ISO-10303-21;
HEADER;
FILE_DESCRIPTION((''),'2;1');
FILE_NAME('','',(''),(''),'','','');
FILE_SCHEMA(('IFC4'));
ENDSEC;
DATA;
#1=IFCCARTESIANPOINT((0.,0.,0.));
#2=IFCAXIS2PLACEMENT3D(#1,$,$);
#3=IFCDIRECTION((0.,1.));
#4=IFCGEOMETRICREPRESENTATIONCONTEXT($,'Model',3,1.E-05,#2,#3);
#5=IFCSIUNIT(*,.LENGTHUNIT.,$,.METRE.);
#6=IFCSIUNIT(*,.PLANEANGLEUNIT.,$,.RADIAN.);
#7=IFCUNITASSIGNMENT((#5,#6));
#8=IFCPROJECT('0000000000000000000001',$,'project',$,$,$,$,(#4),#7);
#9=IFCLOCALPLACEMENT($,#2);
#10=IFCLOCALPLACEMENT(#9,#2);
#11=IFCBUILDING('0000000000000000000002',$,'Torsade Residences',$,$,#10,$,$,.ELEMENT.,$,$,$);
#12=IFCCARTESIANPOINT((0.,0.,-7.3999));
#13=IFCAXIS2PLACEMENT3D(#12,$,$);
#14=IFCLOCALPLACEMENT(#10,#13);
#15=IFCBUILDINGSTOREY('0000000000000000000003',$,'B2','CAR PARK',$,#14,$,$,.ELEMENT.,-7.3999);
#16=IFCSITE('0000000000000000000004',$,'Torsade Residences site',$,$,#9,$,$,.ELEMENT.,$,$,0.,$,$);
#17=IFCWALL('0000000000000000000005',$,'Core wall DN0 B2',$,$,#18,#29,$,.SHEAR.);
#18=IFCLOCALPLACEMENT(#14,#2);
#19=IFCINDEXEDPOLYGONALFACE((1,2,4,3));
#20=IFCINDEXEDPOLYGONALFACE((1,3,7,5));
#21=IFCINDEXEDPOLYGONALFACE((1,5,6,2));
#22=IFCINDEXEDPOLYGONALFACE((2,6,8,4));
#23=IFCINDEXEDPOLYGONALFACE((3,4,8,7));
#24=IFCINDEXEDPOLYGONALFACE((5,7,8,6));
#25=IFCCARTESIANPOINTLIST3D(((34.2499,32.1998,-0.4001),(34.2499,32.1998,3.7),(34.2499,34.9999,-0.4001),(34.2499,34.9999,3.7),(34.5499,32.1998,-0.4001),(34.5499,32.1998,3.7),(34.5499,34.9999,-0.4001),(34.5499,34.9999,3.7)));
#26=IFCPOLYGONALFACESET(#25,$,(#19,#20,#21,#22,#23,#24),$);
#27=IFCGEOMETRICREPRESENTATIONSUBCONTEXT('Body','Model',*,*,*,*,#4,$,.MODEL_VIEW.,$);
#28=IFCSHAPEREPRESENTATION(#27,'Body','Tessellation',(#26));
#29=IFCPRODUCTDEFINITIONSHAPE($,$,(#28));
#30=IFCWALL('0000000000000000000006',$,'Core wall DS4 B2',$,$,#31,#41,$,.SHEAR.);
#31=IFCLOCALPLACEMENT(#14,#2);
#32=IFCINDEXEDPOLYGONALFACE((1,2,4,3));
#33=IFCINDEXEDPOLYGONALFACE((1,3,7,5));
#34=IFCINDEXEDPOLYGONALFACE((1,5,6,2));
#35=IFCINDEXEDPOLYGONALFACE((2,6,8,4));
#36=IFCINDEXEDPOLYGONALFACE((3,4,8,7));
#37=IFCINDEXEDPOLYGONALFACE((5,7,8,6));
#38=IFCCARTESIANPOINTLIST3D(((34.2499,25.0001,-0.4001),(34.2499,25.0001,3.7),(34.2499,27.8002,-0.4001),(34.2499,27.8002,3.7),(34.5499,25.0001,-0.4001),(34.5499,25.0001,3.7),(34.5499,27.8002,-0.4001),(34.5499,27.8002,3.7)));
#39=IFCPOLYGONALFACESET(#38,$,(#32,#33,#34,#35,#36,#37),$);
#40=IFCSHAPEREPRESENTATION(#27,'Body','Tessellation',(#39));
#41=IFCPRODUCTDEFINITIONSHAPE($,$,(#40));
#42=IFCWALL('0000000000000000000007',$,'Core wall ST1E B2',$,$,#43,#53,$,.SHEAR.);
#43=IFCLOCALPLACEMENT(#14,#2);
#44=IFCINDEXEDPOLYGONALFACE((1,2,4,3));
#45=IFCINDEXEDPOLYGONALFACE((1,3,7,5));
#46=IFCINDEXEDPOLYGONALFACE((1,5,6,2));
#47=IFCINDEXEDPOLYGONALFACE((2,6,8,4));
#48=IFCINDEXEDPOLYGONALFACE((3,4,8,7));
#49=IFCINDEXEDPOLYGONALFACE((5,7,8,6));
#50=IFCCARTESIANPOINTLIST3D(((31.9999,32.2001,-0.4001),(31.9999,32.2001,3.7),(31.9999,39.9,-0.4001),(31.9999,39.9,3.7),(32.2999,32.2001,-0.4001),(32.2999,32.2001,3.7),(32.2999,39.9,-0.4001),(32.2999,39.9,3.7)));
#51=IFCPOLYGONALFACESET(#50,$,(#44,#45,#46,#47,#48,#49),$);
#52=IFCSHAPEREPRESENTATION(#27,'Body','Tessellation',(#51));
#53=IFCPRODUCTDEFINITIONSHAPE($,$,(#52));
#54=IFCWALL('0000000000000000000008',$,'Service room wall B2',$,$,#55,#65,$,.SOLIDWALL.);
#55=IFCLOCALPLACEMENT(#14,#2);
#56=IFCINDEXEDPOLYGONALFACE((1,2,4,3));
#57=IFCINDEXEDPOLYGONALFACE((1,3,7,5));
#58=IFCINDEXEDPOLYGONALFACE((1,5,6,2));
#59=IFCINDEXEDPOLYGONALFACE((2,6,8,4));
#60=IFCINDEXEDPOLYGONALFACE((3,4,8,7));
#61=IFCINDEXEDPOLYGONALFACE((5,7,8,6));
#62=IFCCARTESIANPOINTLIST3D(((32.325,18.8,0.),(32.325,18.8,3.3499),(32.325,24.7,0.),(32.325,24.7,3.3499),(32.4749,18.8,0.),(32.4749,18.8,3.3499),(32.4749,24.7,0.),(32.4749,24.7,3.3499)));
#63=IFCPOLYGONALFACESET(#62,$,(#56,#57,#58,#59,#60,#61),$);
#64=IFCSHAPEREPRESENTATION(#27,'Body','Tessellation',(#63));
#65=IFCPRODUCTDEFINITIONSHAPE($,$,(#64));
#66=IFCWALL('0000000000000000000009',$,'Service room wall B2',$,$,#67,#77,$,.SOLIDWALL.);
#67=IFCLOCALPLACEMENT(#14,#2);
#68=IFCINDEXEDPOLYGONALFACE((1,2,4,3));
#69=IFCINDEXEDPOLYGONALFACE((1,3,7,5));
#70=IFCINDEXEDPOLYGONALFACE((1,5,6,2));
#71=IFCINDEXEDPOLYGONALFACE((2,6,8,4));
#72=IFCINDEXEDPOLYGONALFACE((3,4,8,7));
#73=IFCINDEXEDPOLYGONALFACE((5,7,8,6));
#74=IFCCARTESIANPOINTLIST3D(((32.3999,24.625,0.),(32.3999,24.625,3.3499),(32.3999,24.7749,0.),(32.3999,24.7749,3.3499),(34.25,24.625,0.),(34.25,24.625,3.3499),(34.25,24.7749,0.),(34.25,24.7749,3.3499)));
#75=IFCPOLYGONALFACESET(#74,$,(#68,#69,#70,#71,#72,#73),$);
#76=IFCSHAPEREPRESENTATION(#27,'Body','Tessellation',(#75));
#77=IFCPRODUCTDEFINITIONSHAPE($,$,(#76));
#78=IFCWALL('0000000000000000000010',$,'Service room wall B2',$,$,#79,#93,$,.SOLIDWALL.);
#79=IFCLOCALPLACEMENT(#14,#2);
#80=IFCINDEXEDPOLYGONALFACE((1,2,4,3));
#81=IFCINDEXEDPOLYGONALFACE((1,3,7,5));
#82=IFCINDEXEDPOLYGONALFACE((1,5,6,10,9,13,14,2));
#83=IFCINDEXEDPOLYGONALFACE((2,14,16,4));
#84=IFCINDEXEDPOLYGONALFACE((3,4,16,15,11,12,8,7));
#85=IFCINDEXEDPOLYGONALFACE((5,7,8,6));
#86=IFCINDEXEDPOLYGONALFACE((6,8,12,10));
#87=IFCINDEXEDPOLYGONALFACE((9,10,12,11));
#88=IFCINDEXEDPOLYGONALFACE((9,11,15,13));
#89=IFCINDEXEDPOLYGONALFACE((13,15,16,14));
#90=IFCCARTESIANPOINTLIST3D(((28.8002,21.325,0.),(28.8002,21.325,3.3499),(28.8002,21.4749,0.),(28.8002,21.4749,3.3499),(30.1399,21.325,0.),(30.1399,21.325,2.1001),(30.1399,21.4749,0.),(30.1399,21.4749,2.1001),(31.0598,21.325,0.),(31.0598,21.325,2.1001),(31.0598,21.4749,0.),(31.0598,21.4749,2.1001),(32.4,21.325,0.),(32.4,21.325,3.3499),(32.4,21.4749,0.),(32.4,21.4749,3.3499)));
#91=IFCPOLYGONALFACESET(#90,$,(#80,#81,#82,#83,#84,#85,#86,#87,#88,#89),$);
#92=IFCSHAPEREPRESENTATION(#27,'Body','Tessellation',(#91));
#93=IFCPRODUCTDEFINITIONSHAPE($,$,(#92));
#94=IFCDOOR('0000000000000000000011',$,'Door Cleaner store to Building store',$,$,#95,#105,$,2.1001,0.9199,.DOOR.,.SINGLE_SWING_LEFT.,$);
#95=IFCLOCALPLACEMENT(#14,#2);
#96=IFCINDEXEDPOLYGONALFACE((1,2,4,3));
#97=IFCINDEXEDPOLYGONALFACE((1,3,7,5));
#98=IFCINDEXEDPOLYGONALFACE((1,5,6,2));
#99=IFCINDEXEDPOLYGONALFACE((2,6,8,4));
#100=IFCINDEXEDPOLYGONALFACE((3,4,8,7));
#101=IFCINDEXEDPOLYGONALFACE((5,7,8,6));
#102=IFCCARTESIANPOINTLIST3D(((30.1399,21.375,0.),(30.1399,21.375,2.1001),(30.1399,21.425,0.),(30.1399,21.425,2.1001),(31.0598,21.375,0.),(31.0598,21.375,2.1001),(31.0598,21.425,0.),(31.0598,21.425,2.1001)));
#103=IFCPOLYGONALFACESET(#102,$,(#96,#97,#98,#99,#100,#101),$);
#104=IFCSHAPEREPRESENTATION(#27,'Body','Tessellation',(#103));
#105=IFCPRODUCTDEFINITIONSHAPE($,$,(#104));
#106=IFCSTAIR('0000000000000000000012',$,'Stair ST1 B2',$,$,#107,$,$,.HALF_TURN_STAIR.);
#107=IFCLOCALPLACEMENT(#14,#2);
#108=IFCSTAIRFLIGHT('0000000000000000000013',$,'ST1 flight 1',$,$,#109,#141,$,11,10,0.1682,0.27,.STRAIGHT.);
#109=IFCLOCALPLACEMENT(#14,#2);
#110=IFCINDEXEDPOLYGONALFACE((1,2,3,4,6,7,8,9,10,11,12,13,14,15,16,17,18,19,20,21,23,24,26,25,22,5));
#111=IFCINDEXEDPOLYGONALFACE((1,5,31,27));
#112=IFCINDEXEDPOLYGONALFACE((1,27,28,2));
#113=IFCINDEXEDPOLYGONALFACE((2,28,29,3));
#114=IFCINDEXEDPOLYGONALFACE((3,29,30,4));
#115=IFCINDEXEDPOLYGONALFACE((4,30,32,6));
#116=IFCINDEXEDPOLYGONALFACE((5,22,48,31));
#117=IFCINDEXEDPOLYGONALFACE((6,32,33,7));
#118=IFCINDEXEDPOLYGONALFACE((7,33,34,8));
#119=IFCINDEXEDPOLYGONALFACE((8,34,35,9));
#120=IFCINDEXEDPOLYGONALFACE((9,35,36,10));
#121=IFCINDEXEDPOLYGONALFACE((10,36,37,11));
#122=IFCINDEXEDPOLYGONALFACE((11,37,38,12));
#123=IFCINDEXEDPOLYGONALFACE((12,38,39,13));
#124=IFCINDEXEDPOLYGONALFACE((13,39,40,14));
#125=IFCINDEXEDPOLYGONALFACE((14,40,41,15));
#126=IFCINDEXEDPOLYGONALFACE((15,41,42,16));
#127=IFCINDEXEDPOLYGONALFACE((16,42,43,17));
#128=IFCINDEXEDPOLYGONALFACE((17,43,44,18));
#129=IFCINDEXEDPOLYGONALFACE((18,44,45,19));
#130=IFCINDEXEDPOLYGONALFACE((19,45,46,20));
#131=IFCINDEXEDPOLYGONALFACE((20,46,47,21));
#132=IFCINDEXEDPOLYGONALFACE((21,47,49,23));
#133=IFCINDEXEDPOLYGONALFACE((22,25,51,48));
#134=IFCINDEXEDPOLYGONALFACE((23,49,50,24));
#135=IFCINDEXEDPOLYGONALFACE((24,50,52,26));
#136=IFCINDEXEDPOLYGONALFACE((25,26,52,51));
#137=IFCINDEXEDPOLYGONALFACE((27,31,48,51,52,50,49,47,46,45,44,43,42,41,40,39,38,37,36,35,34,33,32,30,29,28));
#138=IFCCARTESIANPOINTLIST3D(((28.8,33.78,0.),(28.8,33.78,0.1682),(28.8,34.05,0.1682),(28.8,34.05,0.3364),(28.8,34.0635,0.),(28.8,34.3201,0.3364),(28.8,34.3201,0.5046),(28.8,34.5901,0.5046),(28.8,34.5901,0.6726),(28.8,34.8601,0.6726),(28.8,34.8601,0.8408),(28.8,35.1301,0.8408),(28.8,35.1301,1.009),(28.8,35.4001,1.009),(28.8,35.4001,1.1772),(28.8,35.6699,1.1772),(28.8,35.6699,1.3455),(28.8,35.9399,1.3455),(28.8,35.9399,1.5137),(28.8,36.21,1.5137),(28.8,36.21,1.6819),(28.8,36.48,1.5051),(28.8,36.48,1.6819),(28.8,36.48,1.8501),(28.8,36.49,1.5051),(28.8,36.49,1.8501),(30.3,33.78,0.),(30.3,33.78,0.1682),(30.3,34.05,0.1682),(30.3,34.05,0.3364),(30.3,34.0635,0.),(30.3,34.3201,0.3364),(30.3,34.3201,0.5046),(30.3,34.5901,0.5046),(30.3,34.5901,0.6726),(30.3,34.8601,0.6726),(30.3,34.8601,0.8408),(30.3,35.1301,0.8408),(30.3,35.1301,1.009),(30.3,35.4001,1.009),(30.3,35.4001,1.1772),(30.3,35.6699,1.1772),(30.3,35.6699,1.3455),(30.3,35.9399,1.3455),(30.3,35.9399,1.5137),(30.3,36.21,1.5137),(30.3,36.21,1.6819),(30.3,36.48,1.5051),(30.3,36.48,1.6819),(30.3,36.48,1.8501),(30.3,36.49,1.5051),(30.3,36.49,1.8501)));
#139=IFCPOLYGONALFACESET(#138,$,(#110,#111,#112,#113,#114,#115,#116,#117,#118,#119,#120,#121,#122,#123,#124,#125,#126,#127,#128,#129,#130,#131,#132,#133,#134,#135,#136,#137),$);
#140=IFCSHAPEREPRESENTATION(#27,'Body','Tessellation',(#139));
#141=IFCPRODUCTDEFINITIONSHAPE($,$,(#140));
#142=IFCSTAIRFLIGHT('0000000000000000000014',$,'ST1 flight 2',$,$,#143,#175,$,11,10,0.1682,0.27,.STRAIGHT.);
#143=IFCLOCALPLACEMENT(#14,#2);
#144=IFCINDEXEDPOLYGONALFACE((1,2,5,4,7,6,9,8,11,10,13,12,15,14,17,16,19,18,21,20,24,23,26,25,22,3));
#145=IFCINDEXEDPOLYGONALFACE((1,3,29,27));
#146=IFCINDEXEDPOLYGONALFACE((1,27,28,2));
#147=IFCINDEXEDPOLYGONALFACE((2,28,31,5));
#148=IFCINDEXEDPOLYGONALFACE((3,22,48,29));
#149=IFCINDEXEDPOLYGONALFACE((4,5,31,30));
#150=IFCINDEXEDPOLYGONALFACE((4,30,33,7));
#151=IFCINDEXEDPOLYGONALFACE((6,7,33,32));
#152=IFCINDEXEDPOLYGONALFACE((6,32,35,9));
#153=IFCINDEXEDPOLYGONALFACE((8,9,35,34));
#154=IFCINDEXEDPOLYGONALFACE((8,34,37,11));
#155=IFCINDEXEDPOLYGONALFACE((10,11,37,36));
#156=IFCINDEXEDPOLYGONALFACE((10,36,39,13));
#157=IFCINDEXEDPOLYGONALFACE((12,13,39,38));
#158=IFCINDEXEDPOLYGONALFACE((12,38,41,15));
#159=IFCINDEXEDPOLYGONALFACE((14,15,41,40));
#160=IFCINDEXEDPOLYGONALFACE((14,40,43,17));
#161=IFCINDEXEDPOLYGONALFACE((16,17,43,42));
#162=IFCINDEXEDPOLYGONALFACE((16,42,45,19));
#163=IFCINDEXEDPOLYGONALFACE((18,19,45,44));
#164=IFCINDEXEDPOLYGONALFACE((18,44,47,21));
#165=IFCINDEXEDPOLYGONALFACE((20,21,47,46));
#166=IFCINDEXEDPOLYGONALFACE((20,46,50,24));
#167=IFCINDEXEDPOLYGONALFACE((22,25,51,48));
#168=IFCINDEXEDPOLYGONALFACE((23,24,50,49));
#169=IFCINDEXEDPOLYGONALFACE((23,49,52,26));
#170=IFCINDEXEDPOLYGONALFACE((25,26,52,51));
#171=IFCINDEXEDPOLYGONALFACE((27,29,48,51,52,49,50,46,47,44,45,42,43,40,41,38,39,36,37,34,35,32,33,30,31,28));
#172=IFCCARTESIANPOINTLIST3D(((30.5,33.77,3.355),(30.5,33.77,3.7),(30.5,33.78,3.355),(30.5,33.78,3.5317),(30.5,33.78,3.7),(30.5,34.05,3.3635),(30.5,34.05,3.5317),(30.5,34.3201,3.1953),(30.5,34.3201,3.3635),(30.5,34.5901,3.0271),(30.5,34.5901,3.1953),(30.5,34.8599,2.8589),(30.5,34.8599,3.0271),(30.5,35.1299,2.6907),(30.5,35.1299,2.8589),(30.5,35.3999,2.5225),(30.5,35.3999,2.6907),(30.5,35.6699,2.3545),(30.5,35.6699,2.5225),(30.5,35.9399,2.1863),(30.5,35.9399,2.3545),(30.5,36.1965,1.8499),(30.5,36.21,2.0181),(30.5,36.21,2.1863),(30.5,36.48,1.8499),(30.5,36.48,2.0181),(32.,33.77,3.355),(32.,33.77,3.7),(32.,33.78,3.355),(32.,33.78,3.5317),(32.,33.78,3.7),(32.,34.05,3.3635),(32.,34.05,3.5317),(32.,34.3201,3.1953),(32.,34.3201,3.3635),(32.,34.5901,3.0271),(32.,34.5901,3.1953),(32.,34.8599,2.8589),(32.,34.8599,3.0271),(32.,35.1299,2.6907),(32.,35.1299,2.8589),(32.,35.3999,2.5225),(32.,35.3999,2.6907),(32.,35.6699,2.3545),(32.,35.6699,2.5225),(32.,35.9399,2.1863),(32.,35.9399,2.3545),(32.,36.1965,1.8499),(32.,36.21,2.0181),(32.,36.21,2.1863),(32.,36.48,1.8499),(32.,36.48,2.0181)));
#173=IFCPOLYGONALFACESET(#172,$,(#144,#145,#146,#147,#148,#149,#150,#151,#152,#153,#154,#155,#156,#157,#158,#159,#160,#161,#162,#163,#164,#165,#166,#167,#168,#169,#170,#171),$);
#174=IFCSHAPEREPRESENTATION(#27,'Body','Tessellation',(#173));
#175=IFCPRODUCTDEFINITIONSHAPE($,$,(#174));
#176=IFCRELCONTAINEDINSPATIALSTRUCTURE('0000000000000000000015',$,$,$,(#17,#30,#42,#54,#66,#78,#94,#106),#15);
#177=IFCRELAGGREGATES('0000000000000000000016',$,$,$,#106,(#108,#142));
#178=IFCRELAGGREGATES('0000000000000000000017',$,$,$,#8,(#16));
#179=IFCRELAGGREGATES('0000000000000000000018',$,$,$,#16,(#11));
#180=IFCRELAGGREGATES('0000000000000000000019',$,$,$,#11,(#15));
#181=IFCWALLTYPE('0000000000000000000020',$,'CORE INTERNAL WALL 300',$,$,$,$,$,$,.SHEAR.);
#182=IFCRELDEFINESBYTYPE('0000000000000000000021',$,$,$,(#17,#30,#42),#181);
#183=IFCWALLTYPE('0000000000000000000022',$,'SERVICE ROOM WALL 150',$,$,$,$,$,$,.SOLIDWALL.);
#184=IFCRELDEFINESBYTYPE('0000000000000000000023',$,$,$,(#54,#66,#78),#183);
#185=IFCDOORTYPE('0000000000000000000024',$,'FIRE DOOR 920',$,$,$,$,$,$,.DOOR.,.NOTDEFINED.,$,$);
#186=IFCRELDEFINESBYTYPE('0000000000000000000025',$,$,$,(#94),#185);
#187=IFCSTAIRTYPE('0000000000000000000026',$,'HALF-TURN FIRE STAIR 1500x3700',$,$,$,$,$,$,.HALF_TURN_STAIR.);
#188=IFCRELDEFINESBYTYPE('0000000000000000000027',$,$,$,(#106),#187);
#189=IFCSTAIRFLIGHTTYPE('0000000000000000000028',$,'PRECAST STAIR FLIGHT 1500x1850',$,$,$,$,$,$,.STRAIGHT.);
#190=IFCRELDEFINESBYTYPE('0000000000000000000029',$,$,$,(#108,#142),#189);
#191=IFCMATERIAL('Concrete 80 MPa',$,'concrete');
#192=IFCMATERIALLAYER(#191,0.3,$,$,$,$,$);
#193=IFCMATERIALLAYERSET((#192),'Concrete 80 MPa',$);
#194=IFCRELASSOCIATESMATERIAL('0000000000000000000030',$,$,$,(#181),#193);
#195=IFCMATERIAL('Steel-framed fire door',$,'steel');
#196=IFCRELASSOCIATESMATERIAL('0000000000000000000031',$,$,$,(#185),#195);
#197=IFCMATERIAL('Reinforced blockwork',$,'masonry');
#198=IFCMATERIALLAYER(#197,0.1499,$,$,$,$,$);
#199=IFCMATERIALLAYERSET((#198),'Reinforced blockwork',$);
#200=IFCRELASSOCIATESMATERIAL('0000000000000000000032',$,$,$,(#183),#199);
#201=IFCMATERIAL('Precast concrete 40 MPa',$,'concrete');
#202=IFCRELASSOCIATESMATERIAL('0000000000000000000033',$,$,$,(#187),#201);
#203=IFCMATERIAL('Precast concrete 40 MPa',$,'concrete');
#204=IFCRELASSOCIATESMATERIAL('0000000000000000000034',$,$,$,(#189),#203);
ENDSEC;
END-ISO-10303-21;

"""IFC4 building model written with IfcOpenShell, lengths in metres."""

from ifc_helpers import new_model, si_unit, direction, frame, frame_2d, origin, place, context, subcontext, project, spatial, polyline, rectangle, outline, extrude, material, layer, layer_set, type_object, element, fill, aggregate, save


model = new_model("IFC4")

# Units and contexts
model_context = context("Model", 3, precision=1e-05, world=origin(), true_north=direction((0.0, 1.0)))
body_context = subcontext(model_context, "Body", "Model", "MODEL_VIEW")
ifc_project = project(units=[si_unit("LENGTHUNIT", "METRE"), si_unit("PLANEANGLEUNIT", "RADIAN")], contexts=[model_context])

# Site, building, storey
site_placement = place(None, origin())
site = spatial("IfcSite", under=ifc_project, at=site_placement, Name="Torsade Residences site", CompositionType="ELEMENT", RefElevation=0.0)
building_placement = place(site_placement, origin())
building = spatial("IfcBuilding", under=site, at=building_placement, Name="Torsade Residences", CompositionType="ELEMENT")
storey_placement = place(building_placement, frame((0.0, 0.0, -7.3999)))
storey = spatial("IfcBuildingStorey", under=building, at=storey_placement, Name="B2", Description="CAR PARK", CompositionType="ELEMENT", Elevation=-7.3999)

# Shared definitions
ifc_material_1 = material(Name="Concrete 80 MPa", Category="concrete")
ifc_layer_1 = layer(ifc_material_1, 0.3)
ifc_layer_set_1 = layer_set([ifc_layer_1], Name="Concrete 80 MPa")
wall_type_1 = type_object("IfcWallType", Name="CORE INTERNAL WALL 300", PredefinedType="SHEAR", material=ifc_layer_set_1)
ifc_material_2 = material(Name="Steel-framed fire door", Category="steel")
door_type_1 = type_object("IfcDoorType", Name="FIRE DOOR 920", OperationType="NOTDEFINED", PredefinedType="DOOR", material=ifc_material_2)

# Walls
for number, where, z_axis, x_axis, name in (
    (1, (34.3999, 32.2, -0.4001), (0.0, 0.0, 1.0), (0.0, 1.0, 0.0), "Core wall DN0 B2"),
    (2, (34.3999, 27.8, -0.4001), (0.0, 0.0, 1.0), (0.0, -1.0, 0.0), "Core wall DS4 B2"),
):
    element("IfcWall", number, at=place(storey_placement, frame(where, z_axis=z_axis, x_axis=x_axis)), inside=storey, type_object=wall_type_1, Name=name, PredefinedType="SHEAR", context=body_context, shape_type="SweptSolid", body=[
        extrude(rectangle(XDim=2.8, YDim=0.3, at=frame_2d((1.3999, 0.0))), origin(), (0.0, 0.0, 1.0), 4.1001),
    ])
wall_1_placement = place(storey_placement, frame((32.1499, 32.2, -0.4001), z_axis=(0.0, 0.0, 1.0), x_axis=(0.0, 1.0, 0.0)))
element("IfcWall", 3, at=wall_1_placement, inside=storey, type_object=wall_type_1, Name="Core wall ST1E B2", PredefinedType="SHEAR", context=body_context, shape_type="SweptSolid", body=[
    extrude(rectangle(XDim=7.7, YDim=0.3, at=frame_2d((3.8501, 0.0))), origin(), (0.0, 0.0, 1.0), 4.1001),
])
ifc_material_3 = material(Name="Reinforced blockwork", Category="masonry")
ifc_layer_2 = layer(ifc_material_3, 0.1499)
ifc_layer_set_2 = layer_set([ifc_layer_2], Name="Reinforced blockwork")
wall_type_2 = type_object("IfcWallType", Name="SERVICE ROOM WALL 150", PredefinedType="SOLIDWALL", material=ifc_layer_set_2)
wall_2_placement = place(storey_placement, frame((32.3999, 18.8, 0.0), z_axis=(0.0, 0.0, 1.0), x_axis=(0.0, 1.0, 0.0)))
element("IfcWall", 4, at=wall_2_placement, inside=storey, type_object=wall_type_2, Name="Service room wall B2", PredefinedType="SOLIDWALL", context=body_context, shape_type="SweptSolid", body=[
    extrude(rectangle(XDim=5.8999, YDim=0.1499, at=frame_2d((2.95, 0.0))), origin(), (0.0, 0.0, 1.0), 3.3499),
])
wall_3_placement = place(storey_placement, frame((32.3999, 24.7, 0.0), z_axis=(0.0, 0.0, 1.0), x_axis=(1.0, 0.0, 0.0)))
element("IfcWall", 5, at=wall_3_placement, inside=storey, type_object=wall_type_2, Name="Service room wall B2", PredefinedType="SOLIDWALL", context=body_context, shape_type="SweptSolid", body=[
    extrude(rectangle(XDim=1.8501, YDim=0.1499, at=frame_2d((0.925, 0.0))), origin(), (0.0, 0.0, 1.0), 3.3499),
])

# Wall, opening, door
wall_4_placement = place(storey_placement, frame((32.3999, 21.3999, 0.0), z_axis=(0.0, 0.0, 1.0), x_axis=(-1.0, 0.0, 0.0)))
wall_4 = element("IfcWall", 6, at=wall_4_placement, inside=storey, type_object=wall_type_2, Name="Service room wall B2", PredefinedType="SOLIDWALL", context=body_context, shape_type="SweptSolid", body=[
    extrude(rectangle(XDim=3.5999, YDim=0.1499, at=frame_2d((1.7998, 0.0))), origin(), (0.0, 0.0, 1.0), 3.3499),
])
opening_1_placement = place(wall_4_placement, frame((1.3401, 0.0, 0.0)))
opening_1 = element("IfcOpeningElement", 7, at=opening_1_placement, cuts=wall_4, PredefinedType="OPENING", context=body_context, shape_type="SweptSolid", body=[
    extrude(rectangle(XDim=0.9199, YDim=2.1001, at=frame_2d((0.46, 1.05))), frame((0.0, 0.085, 0.0), z_axis=(0.0, -1.0, 0.0), x_axis=(1.0, 0.0, 0.0)), (0.0, 0.0, 1.0), 0.1699),
])
door_1_placement = place(opening_1_placement, origin())
door_1 = element("IfcDoor", 8, at=door_1_placement, inside=storey, type_object=door_type_1, Name="Door Cleaner store to Building store", OperationType="SINGLE_SWING_LEFT", OverallHeight=2.1001, OverallWidth=0.9199, PredefinedType="DOOR", context=body_context, shape_type="SweptSolid", body=[
    extrude(rectangle(XDim=0.9199, YDim=2.1001, at=frame_2d((0.46, 1.05))), frame((0.0, 0.0249, 0.0), z_axis=(0.0, -1.0, 0.0), x_axis=(1.0, 0.0, 0.0)), (0.0, 0.0, 1.0), 0.05),
])
fill(opening_1, door_1)

# Stair, stair flights
ifc_material_4 = material(Name="Precast concrete 40 MPa", Category="concrete")
stair_type = type_object("IfcStairType", Name="HALF-TURN FIRE STAIR 1500x3700", PredefinedType="HALF_TURN_STAIR", material=ifc_material_4)
stair_placement = place(storey_placement, origin())
stair = element("IfcStair", 9, at=stair_placement, inside=storey, type_object=stair_type, Name="Stair ST1 B2", PredefinedType="HALF_TURN_STAIR")
ifc_material_5 = material(Name="Precast concrete 40 MPa", Category="concrete")
stair_flight_type = type_object("IfcStairFlightType", Name="PRECAST STAIR FLIGHT 1500x1850", PredefinedType="STRAIGHT", material=ifc_material_5)
stair_flight_1_placement = place(storey_placement, frame((29.55, 33.78, 0.0), z_axis=(0.0, 0.0, 1.0), x_axis=(0.0, 1.0, 0.0)))
stair_flight_1 = element("IfcStairFlight", 10, at=stair_flight_1_placement, type_object=stair_flight_type, Name="ST1 flight 1", NumberOfRisers=11, NumberOfTreads=10, PredefinedType="STRAIGHT", RiserHeight=0.1682, TreadLength=0.27, context=body_context, shape_type="SweptSolid", body=[
    extrude(outline(polyline([(0.0, 0.0), (0.0, 0.1682), (0.27, 0.1682), (0.27, 0.3364), (0.54, 0.3364), (0.54, 0.5046), (0.8101, 0.5046), (0.8101, 0.6726), (1.0801, 0.6726), (1.0801, 0.8408), (1.3501, 0.8408), (1.3501, 1.009), (1.6201, 1.009), (1.6201, 1.1772), (1.8899, 1.1772), (1.8899, 1.3455), (2.1599, 1.3455), (2.1599, 1.5137), (2.4299, 1.5137), (2.4299, 1.6819), (2.7, 1.6819), (2.7, 1.8501), (2.71, 1.8501), (2.71, 1.5051), (2.7, 1.5051), (0.2834, 0.0), (0.0, 0.0)])), frame((0.0, 0.75, 0.0), z_axis=(0.0, -1.0, 0.0), x_axis=(1.0, 0.0, 0.0)), (0.0, 0.0, 1.0), 1.5),
])
stair_flight_2_placement = place(storey_placement, frame((31.25, 36.48, 1.8499), z_axis=(0.0, 0.0, 1.0), x_axis=(0.0, -1.0, 0.0)))
stair_flight_2 = element("IfcStairFlight", 11, at=stair_flight_2_placement, type_object=stair_flight_type, Name="ST1 flight 2", NumberOfRisers=11, NumberOfTreads=10, PredefinedType="STRAIGHT", RiserHeight=0.1682, TreadLength=0.27, context=body_context, shape_type="SweptSolid", body=[
    extrude(outline(polyline([(0.0, 0.0), (0.0, 0.1682), (0.27, 0.1682), (0.27, 0.3364), (0.54, 0.3364), (0.54, 0.5046), (0.8101, 0.5046), (0.8101, 0.6726), (1.0801, 0.6726), (1.0801, 0.8408), (1.3501, 0.8408), (1.3501, 1.009), (1.6201, 1.009), (1.6201, 1.1772), (1.8899, 1.1772), (1.8899, 1.3455), (2.1599, 1.3455), (2.1599, 1.5137), (2.4299, 1.5137), (2.4299, 1.6819), (2.7, 1.6819), (2.7, 1.8501), (2.71, 1.8501), (2.71, 1.5051), (2.7, 1.5051), (0.2834, 0.0), (0.0, 0.0)])), frame((0.0, 0.75, 0.0), z_axis=(0.0, -1.0, 0.0), x_axis=(1.0, 0.0, 0.0)), (0.0, 0.0, 1.0), 1.5),
])
aggregate(stair, [stair_flight_1, stair_flight_2])

save(model, "model.ifc")
